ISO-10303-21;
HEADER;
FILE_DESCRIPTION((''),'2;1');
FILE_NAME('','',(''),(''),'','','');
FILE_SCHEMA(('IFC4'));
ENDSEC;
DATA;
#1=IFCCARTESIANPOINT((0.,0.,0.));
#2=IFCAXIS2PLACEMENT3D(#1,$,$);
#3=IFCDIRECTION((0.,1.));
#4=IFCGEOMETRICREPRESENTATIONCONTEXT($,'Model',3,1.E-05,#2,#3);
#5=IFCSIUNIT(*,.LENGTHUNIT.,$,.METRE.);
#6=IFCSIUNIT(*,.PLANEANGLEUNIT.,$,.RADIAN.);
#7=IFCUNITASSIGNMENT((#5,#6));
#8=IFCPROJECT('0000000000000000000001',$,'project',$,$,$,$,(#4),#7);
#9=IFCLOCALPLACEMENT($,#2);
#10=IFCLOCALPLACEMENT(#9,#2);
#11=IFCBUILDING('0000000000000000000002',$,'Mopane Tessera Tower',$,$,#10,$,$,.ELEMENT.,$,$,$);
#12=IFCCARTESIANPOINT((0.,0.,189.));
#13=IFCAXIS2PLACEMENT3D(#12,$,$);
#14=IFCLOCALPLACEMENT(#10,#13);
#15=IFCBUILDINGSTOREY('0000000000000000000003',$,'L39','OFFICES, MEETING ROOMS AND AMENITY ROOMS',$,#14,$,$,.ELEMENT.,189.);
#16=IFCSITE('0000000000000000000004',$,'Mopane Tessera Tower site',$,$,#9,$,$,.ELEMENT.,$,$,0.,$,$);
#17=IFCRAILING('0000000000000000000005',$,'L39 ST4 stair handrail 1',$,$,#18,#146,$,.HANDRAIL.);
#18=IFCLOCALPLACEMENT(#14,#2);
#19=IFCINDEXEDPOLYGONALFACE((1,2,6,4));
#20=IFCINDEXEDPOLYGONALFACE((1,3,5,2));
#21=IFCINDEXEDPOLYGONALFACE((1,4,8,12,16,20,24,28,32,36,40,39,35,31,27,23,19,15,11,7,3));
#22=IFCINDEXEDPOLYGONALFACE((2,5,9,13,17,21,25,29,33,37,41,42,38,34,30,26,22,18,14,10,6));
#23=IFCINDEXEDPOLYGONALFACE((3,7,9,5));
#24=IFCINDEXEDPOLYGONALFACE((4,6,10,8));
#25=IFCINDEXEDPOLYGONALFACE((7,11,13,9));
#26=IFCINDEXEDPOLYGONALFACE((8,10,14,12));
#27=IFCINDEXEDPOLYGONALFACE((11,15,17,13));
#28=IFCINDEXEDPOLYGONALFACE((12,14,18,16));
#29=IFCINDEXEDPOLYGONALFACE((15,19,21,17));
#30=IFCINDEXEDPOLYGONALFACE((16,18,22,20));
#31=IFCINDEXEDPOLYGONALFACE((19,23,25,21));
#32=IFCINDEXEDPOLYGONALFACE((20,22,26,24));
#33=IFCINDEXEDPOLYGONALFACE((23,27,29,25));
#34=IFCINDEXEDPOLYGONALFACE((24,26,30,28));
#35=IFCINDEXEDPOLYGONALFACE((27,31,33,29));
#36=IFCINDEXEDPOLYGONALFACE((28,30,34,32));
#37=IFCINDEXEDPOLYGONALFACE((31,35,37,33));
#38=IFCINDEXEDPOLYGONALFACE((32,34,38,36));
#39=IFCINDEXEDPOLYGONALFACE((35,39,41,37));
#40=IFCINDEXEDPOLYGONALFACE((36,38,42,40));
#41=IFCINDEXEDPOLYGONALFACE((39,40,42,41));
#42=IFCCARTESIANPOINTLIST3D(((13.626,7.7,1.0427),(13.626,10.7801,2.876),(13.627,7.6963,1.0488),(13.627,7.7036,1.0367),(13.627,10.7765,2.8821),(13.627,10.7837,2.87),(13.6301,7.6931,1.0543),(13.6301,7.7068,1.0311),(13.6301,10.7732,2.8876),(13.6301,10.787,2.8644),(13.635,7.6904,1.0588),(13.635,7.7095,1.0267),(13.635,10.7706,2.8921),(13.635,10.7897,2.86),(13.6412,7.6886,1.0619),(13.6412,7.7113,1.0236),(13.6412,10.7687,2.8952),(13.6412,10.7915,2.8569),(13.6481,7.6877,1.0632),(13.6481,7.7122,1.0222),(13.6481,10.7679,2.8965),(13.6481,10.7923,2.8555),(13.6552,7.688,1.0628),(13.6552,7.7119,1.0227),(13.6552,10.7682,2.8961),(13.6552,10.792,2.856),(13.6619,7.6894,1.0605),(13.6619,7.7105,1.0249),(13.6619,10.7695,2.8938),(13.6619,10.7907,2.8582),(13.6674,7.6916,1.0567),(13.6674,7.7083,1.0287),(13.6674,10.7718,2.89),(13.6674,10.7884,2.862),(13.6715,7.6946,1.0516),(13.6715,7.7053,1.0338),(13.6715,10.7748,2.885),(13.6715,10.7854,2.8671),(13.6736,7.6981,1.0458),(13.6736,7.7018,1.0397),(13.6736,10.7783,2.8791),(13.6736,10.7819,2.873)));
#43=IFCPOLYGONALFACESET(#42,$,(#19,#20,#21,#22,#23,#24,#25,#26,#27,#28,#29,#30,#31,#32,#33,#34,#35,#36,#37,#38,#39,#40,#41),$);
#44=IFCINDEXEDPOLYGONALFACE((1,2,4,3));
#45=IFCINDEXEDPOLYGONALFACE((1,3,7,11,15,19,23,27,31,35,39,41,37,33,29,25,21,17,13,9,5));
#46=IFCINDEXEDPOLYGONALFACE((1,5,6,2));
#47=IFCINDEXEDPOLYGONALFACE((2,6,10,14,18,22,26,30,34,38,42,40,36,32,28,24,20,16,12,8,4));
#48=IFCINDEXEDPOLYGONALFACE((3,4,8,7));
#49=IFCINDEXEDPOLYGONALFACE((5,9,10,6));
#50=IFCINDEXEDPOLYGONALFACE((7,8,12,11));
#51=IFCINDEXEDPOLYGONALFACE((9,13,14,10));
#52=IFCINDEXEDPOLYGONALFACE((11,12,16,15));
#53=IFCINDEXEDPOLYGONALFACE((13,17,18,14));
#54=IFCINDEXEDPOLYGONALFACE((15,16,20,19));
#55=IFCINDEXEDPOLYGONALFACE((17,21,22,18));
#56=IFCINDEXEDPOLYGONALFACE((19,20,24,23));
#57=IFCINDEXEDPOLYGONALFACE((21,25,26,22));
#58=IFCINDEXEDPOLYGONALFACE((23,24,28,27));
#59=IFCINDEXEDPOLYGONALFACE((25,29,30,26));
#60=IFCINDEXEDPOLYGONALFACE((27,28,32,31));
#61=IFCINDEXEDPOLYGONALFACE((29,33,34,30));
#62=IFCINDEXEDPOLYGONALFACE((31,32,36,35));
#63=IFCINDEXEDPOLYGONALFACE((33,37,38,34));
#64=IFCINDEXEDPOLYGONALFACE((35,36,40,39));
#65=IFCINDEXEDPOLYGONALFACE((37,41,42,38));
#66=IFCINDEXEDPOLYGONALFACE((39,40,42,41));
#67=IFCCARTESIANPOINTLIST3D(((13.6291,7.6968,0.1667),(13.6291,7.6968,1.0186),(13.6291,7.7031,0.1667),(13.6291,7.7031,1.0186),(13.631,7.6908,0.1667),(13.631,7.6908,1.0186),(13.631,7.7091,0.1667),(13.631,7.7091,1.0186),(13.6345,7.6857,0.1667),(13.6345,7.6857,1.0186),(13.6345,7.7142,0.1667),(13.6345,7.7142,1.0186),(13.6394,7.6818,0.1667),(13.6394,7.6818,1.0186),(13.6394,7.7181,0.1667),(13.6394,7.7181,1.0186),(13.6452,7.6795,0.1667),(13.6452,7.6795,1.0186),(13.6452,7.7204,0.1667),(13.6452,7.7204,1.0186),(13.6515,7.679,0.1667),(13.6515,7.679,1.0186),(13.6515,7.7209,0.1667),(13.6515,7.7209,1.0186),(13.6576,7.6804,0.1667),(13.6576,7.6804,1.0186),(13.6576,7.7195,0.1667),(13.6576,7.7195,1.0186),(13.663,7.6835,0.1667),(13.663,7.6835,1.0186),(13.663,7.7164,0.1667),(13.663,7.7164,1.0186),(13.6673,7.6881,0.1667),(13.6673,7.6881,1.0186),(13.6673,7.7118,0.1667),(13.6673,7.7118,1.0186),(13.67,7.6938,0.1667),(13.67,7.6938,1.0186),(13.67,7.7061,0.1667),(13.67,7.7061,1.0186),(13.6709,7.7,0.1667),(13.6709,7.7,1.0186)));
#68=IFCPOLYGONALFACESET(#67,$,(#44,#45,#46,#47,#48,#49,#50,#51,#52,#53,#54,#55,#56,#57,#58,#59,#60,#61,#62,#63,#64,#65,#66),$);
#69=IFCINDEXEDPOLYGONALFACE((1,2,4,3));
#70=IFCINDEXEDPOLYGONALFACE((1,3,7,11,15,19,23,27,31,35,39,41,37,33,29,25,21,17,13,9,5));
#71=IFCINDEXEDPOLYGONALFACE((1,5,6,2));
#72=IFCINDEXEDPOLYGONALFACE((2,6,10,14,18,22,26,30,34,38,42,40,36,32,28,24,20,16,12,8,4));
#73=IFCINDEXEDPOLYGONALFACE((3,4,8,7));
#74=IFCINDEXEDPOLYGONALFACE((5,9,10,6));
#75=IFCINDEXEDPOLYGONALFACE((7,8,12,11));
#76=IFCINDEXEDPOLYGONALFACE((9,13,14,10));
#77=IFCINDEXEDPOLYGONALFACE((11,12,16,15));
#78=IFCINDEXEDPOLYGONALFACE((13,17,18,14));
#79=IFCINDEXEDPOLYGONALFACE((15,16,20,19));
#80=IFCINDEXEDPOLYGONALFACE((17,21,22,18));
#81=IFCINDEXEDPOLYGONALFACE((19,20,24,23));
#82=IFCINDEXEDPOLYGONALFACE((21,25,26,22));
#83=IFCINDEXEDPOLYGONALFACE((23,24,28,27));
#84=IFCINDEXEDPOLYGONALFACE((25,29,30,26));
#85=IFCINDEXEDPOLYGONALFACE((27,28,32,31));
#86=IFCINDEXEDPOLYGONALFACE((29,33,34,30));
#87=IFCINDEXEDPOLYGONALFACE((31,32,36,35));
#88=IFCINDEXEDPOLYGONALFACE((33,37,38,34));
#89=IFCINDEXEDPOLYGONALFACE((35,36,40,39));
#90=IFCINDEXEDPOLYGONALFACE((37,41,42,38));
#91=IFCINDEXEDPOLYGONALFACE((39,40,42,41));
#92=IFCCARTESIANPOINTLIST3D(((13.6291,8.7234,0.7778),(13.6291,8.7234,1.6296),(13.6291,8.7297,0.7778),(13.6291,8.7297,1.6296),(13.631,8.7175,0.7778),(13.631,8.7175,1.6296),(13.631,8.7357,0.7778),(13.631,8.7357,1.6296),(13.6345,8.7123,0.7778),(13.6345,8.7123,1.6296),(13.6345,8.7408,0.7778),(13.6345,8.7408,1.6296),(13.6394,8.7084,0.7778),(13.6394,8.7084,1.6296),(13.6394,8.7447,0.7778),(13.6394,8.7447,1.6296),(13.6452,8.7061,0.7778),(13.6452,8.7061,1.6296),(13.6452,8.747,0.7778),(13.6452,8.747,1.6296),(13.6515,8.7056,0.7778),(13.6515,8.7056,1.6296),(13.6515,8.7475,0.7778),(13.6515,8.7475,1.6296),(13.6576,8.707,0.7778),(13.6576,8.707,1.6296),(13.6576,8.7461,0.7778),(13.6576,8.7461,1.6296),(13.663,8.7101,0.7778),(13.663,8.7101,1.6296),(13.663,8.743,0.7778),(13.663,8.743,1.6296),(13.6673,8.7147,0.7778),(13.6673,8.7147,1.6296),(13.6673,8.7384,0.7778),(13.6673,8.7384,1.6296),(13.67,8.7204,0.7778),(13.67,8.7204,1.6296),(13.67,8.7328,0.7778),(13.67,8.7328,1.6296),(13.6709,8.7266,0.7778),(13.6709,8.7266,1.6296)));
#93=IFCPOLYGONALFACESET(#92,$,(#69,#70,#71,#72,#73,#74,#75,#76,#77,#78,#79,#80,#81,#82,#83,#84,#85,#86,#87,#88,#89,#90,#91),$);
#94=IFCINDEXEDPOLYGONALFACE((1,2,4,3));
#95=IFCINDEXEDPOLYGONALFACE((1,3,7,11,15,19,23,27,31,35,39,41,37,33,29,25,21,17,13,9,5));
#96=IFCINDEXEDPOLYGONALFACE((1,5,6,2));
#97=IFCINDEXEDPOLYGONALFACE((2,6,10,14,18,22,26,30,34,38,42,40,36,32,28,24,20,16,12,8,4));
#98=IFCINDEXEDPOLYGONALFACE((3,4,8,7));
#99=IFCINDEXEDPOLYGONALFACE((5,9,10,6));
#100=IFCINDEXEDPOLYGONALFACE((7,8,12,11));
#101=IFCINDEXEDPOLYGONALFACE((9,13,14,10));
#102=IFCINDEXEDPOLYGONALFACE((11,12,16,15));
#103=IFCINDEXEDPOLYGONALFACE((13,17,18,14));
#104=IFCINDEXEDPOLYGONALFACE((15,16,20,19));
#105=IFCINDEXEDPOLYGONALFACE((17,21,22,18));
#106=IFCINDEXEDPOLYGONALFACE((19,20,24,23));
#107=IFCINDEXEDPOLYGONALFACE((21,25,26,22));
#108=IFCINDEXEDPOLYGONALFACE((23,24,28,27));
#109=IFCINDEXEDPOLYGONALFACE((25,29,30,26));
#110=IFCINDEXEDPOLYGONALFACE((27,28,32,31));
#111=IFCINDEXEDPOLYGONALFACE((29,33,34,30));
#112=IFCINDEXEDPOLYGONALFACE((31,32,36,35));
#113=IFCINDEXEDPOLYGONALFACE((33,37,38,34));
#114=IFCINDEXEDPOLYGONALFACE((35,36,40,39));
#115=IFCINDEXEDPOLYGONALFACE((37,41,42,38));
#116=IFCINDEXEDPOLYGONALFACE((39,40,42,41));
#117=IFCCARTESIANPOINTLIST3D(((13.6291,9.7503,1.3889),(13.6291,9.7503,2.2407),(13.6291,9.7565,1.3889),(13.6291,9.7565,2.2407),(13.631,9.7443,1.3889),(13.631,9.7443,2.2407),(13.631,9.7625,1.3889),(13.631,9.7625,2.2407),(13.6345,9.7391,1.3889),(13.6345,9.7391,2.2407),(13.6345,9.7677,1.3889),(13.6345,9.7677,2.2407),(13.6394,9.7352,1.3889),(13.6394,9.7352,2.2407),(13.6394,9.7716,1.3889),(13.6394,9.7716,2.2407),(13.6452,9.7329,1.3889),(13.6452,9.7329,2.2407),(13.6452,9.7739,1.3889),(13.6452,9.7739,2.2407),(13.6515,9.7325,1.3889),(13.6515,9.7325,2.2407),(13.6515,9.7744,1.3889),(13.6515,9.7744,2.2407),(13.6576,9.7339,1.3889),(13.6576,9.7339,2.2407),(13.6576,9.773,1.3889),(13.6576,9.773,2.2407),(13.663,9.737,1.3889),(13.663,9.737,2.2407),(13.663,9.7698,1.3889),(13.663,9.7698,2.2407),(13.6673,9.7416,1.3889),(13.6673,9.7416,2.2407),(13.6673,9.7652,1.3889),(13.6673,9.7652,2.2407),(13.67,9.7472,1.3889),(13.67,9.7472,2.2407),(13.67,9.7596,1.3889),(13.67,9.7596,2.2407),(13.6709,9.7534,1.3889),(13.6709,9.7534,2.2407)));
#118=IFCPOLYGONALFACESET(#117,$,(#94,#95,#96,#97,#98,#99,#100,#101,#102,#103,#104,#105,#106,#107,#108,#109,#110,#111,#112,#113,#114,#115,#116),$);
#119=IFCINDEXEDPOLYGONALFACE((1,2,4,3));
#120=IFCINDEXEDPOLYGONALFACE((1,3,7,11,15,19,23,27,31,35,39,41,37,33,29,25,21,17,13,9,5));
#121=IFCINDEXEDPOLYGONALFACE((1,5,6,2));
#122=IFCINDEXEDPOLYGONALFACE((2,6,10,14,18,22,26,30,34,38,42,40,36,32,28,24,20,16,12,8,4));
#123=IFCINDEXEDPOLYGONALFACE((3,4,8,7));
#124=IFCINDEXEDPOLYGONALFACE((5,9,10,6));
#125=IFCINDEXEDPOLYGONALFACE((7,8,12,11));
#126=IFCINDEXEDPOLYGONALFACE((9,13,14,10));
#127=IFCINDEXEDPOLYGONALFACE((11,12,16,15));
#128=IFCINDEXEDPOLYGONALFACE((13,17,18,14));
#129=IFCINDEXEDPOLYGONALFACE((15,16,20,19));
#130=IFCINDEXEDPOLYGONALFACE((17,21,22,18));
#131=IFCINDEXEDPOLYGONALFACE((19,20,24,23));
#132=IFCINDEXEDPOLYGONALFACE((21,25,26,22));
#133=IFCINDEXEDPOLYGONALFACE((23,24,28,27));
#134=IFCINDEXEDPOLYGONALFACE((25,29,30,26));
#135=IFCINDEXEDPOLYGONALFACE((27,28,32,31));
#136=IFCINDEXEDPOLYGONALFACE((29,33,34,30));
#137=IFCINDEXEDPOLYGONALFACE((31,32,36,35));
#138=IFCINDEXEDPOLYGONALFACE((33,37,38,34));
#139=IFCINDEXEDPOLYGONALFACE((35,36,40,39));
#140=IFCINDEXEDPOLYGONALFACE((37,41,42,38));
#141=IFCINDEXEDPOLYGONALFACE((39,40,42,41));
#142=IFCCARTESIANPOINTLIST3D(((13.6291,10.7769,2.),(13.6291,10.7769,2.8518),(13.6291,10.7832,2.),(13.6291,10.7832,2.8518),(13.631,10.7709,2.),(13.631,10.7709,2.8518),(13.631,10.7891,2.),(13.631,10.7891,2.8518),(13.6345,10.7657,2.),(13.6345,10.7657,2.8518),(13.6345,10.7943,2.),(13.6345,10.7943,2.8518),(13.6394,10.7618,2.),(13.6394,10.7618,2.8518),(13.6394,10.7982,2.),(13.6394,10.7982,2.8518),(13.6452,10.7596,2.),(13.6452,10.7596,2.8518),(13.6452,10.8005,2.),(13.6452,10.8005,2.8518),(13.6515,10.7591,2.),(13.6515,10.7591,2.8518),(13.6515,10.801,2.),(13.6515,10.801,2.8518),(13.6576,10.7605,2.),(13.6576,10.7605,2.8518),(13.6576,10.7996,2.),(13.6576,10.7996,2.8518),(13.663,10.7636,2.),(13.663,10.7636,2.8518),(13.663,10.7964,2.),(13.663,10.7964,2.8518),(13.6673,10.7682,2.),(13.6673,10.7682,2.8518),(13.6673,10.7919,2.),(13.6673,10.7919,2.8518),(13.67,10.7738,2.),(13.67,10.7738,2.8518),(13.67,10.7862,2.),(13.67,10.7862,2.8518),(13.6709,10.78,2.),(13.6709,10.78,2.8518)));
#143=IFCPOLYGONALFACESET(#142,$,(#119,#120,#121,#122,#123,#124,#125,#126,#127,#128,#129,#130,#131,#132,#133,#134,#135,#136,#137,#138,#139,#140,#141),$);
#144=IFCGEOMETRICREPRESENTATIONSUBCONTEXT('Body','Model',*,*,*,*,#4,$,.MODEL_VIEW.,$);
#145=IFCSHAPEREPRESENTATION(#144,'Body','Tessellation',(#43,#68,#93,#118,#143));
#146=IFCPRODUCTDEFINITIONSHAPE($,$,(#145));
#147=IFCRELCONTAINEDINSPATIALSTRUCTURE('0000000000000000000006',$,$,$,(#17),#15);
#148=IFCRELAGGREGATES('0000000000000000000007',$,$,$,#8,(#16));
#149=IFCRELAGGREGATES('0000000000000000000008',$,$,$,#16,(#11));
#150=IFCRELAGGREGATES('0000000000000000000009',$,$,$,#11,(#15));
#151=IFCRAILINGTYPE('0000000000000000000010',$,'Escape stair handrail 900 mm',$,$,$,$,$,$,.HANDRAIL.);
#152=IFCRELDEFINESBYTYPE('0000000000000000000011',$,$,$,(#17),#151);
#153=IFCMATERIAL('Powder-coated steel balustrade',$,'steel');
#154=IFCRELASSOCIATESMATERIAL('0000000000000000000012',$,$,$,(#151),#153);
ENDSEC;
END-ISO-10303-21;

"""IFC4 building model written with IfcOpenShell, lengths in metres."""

from ifc_helpers import new_model, si_unit, direction, frame, origin, origin_2d, place, context, subcontext, project, spatial, circle, extrude, material, type_object, element, save


model = new_model("IFC4")

# Units and contexts
model_context = context("Model", 3, precision=1e-05, world=origin(), true_north=direction((0.0, 1.0)))
body_context = subcontext(model_context, "Body", "Model", "MODEL_VIEW")
ifc_project = project(units=[si_unit("LENGTHUNIT", "METRE"), si_unit("PLANEANGLEUNIT", "RADIAN")], contexts=[model_context])

# Site, building, storey
site_placement = place(None, origin())
site = spatial("IfcSite", under=ifc_project, at=site_placement, Name="Mopane Tessera Tower site", CompositionType="ELEMENT", RefElevation=0.0)
building_placement = place(site_placement, origin())
building = spatial("IfcBuilding", under=site, at=building_placement, Name="Mopane Tessera Tower", CompositionType="ELEMENT")
storey_placement = place(building_placement, frame((0.0, 0.0, 189.0)))
storey = spatial("IfcBuildingStorey", under=building, at=storey_placement, Name="L39", Description="OFFICES, MEETING ROOMS AND AMENITY ROOMS", CompositionType="ELEMENT", Elevation=189.0)

# Railing
ifc_material_1 = material(Name="Powder-coated steel balustrade", Category="steel")
railing_type_1 = type_object("IfcRailingType", Name="Escape stair handrail 900 mm", PredefinedType="HANDRAIL", material=ifc_material_1)
railing_1_placement = place(storey_placement, frame((13.6499, 7.7, 0.1667)))
element("IfcRailing", 1, at=railing_1_placement, inside=storey, type_object=railing_type_1, Name="L39 ST4 stair handrail 1", PredefinedType="HANDRAIL", context=body_context, shape_type="SweptSolid", body=[
    extrude(circle(Radius=0.0239, at=origin_2d()), frame((0.0, 0.0, 0.876), z_axis=(0.0, 0.859309, 0.511458), x_axis=(-1.0, 0.0, 0.0)), (0.0, 0.0, 1.0), 3.5845),
    extrude(circle(Radius=0.021, at=origin_2d()), origin(), (0.0, 0.0, 1.0), 0.8518),
    extrude(circle(Radius=0.021, at=origin_2d()), frame((0.0, 1.0266, 0.6111)), (0.0, 0.0, 1.0), 0.8518),
    extrude(circle(Radius=0.021, at=origin_2d()), frame((0.0, 2.0535, 1.2222)), (0.0, 0.0, 1.0), 0.8518),
    extrude(circle(Radius=0.021, at=origin_2d()), frame((0.0, 3.0801, 1.8333)), (0.0, 0.0, 1.0), 0.8518),
])

save(model, "model.ifc")
